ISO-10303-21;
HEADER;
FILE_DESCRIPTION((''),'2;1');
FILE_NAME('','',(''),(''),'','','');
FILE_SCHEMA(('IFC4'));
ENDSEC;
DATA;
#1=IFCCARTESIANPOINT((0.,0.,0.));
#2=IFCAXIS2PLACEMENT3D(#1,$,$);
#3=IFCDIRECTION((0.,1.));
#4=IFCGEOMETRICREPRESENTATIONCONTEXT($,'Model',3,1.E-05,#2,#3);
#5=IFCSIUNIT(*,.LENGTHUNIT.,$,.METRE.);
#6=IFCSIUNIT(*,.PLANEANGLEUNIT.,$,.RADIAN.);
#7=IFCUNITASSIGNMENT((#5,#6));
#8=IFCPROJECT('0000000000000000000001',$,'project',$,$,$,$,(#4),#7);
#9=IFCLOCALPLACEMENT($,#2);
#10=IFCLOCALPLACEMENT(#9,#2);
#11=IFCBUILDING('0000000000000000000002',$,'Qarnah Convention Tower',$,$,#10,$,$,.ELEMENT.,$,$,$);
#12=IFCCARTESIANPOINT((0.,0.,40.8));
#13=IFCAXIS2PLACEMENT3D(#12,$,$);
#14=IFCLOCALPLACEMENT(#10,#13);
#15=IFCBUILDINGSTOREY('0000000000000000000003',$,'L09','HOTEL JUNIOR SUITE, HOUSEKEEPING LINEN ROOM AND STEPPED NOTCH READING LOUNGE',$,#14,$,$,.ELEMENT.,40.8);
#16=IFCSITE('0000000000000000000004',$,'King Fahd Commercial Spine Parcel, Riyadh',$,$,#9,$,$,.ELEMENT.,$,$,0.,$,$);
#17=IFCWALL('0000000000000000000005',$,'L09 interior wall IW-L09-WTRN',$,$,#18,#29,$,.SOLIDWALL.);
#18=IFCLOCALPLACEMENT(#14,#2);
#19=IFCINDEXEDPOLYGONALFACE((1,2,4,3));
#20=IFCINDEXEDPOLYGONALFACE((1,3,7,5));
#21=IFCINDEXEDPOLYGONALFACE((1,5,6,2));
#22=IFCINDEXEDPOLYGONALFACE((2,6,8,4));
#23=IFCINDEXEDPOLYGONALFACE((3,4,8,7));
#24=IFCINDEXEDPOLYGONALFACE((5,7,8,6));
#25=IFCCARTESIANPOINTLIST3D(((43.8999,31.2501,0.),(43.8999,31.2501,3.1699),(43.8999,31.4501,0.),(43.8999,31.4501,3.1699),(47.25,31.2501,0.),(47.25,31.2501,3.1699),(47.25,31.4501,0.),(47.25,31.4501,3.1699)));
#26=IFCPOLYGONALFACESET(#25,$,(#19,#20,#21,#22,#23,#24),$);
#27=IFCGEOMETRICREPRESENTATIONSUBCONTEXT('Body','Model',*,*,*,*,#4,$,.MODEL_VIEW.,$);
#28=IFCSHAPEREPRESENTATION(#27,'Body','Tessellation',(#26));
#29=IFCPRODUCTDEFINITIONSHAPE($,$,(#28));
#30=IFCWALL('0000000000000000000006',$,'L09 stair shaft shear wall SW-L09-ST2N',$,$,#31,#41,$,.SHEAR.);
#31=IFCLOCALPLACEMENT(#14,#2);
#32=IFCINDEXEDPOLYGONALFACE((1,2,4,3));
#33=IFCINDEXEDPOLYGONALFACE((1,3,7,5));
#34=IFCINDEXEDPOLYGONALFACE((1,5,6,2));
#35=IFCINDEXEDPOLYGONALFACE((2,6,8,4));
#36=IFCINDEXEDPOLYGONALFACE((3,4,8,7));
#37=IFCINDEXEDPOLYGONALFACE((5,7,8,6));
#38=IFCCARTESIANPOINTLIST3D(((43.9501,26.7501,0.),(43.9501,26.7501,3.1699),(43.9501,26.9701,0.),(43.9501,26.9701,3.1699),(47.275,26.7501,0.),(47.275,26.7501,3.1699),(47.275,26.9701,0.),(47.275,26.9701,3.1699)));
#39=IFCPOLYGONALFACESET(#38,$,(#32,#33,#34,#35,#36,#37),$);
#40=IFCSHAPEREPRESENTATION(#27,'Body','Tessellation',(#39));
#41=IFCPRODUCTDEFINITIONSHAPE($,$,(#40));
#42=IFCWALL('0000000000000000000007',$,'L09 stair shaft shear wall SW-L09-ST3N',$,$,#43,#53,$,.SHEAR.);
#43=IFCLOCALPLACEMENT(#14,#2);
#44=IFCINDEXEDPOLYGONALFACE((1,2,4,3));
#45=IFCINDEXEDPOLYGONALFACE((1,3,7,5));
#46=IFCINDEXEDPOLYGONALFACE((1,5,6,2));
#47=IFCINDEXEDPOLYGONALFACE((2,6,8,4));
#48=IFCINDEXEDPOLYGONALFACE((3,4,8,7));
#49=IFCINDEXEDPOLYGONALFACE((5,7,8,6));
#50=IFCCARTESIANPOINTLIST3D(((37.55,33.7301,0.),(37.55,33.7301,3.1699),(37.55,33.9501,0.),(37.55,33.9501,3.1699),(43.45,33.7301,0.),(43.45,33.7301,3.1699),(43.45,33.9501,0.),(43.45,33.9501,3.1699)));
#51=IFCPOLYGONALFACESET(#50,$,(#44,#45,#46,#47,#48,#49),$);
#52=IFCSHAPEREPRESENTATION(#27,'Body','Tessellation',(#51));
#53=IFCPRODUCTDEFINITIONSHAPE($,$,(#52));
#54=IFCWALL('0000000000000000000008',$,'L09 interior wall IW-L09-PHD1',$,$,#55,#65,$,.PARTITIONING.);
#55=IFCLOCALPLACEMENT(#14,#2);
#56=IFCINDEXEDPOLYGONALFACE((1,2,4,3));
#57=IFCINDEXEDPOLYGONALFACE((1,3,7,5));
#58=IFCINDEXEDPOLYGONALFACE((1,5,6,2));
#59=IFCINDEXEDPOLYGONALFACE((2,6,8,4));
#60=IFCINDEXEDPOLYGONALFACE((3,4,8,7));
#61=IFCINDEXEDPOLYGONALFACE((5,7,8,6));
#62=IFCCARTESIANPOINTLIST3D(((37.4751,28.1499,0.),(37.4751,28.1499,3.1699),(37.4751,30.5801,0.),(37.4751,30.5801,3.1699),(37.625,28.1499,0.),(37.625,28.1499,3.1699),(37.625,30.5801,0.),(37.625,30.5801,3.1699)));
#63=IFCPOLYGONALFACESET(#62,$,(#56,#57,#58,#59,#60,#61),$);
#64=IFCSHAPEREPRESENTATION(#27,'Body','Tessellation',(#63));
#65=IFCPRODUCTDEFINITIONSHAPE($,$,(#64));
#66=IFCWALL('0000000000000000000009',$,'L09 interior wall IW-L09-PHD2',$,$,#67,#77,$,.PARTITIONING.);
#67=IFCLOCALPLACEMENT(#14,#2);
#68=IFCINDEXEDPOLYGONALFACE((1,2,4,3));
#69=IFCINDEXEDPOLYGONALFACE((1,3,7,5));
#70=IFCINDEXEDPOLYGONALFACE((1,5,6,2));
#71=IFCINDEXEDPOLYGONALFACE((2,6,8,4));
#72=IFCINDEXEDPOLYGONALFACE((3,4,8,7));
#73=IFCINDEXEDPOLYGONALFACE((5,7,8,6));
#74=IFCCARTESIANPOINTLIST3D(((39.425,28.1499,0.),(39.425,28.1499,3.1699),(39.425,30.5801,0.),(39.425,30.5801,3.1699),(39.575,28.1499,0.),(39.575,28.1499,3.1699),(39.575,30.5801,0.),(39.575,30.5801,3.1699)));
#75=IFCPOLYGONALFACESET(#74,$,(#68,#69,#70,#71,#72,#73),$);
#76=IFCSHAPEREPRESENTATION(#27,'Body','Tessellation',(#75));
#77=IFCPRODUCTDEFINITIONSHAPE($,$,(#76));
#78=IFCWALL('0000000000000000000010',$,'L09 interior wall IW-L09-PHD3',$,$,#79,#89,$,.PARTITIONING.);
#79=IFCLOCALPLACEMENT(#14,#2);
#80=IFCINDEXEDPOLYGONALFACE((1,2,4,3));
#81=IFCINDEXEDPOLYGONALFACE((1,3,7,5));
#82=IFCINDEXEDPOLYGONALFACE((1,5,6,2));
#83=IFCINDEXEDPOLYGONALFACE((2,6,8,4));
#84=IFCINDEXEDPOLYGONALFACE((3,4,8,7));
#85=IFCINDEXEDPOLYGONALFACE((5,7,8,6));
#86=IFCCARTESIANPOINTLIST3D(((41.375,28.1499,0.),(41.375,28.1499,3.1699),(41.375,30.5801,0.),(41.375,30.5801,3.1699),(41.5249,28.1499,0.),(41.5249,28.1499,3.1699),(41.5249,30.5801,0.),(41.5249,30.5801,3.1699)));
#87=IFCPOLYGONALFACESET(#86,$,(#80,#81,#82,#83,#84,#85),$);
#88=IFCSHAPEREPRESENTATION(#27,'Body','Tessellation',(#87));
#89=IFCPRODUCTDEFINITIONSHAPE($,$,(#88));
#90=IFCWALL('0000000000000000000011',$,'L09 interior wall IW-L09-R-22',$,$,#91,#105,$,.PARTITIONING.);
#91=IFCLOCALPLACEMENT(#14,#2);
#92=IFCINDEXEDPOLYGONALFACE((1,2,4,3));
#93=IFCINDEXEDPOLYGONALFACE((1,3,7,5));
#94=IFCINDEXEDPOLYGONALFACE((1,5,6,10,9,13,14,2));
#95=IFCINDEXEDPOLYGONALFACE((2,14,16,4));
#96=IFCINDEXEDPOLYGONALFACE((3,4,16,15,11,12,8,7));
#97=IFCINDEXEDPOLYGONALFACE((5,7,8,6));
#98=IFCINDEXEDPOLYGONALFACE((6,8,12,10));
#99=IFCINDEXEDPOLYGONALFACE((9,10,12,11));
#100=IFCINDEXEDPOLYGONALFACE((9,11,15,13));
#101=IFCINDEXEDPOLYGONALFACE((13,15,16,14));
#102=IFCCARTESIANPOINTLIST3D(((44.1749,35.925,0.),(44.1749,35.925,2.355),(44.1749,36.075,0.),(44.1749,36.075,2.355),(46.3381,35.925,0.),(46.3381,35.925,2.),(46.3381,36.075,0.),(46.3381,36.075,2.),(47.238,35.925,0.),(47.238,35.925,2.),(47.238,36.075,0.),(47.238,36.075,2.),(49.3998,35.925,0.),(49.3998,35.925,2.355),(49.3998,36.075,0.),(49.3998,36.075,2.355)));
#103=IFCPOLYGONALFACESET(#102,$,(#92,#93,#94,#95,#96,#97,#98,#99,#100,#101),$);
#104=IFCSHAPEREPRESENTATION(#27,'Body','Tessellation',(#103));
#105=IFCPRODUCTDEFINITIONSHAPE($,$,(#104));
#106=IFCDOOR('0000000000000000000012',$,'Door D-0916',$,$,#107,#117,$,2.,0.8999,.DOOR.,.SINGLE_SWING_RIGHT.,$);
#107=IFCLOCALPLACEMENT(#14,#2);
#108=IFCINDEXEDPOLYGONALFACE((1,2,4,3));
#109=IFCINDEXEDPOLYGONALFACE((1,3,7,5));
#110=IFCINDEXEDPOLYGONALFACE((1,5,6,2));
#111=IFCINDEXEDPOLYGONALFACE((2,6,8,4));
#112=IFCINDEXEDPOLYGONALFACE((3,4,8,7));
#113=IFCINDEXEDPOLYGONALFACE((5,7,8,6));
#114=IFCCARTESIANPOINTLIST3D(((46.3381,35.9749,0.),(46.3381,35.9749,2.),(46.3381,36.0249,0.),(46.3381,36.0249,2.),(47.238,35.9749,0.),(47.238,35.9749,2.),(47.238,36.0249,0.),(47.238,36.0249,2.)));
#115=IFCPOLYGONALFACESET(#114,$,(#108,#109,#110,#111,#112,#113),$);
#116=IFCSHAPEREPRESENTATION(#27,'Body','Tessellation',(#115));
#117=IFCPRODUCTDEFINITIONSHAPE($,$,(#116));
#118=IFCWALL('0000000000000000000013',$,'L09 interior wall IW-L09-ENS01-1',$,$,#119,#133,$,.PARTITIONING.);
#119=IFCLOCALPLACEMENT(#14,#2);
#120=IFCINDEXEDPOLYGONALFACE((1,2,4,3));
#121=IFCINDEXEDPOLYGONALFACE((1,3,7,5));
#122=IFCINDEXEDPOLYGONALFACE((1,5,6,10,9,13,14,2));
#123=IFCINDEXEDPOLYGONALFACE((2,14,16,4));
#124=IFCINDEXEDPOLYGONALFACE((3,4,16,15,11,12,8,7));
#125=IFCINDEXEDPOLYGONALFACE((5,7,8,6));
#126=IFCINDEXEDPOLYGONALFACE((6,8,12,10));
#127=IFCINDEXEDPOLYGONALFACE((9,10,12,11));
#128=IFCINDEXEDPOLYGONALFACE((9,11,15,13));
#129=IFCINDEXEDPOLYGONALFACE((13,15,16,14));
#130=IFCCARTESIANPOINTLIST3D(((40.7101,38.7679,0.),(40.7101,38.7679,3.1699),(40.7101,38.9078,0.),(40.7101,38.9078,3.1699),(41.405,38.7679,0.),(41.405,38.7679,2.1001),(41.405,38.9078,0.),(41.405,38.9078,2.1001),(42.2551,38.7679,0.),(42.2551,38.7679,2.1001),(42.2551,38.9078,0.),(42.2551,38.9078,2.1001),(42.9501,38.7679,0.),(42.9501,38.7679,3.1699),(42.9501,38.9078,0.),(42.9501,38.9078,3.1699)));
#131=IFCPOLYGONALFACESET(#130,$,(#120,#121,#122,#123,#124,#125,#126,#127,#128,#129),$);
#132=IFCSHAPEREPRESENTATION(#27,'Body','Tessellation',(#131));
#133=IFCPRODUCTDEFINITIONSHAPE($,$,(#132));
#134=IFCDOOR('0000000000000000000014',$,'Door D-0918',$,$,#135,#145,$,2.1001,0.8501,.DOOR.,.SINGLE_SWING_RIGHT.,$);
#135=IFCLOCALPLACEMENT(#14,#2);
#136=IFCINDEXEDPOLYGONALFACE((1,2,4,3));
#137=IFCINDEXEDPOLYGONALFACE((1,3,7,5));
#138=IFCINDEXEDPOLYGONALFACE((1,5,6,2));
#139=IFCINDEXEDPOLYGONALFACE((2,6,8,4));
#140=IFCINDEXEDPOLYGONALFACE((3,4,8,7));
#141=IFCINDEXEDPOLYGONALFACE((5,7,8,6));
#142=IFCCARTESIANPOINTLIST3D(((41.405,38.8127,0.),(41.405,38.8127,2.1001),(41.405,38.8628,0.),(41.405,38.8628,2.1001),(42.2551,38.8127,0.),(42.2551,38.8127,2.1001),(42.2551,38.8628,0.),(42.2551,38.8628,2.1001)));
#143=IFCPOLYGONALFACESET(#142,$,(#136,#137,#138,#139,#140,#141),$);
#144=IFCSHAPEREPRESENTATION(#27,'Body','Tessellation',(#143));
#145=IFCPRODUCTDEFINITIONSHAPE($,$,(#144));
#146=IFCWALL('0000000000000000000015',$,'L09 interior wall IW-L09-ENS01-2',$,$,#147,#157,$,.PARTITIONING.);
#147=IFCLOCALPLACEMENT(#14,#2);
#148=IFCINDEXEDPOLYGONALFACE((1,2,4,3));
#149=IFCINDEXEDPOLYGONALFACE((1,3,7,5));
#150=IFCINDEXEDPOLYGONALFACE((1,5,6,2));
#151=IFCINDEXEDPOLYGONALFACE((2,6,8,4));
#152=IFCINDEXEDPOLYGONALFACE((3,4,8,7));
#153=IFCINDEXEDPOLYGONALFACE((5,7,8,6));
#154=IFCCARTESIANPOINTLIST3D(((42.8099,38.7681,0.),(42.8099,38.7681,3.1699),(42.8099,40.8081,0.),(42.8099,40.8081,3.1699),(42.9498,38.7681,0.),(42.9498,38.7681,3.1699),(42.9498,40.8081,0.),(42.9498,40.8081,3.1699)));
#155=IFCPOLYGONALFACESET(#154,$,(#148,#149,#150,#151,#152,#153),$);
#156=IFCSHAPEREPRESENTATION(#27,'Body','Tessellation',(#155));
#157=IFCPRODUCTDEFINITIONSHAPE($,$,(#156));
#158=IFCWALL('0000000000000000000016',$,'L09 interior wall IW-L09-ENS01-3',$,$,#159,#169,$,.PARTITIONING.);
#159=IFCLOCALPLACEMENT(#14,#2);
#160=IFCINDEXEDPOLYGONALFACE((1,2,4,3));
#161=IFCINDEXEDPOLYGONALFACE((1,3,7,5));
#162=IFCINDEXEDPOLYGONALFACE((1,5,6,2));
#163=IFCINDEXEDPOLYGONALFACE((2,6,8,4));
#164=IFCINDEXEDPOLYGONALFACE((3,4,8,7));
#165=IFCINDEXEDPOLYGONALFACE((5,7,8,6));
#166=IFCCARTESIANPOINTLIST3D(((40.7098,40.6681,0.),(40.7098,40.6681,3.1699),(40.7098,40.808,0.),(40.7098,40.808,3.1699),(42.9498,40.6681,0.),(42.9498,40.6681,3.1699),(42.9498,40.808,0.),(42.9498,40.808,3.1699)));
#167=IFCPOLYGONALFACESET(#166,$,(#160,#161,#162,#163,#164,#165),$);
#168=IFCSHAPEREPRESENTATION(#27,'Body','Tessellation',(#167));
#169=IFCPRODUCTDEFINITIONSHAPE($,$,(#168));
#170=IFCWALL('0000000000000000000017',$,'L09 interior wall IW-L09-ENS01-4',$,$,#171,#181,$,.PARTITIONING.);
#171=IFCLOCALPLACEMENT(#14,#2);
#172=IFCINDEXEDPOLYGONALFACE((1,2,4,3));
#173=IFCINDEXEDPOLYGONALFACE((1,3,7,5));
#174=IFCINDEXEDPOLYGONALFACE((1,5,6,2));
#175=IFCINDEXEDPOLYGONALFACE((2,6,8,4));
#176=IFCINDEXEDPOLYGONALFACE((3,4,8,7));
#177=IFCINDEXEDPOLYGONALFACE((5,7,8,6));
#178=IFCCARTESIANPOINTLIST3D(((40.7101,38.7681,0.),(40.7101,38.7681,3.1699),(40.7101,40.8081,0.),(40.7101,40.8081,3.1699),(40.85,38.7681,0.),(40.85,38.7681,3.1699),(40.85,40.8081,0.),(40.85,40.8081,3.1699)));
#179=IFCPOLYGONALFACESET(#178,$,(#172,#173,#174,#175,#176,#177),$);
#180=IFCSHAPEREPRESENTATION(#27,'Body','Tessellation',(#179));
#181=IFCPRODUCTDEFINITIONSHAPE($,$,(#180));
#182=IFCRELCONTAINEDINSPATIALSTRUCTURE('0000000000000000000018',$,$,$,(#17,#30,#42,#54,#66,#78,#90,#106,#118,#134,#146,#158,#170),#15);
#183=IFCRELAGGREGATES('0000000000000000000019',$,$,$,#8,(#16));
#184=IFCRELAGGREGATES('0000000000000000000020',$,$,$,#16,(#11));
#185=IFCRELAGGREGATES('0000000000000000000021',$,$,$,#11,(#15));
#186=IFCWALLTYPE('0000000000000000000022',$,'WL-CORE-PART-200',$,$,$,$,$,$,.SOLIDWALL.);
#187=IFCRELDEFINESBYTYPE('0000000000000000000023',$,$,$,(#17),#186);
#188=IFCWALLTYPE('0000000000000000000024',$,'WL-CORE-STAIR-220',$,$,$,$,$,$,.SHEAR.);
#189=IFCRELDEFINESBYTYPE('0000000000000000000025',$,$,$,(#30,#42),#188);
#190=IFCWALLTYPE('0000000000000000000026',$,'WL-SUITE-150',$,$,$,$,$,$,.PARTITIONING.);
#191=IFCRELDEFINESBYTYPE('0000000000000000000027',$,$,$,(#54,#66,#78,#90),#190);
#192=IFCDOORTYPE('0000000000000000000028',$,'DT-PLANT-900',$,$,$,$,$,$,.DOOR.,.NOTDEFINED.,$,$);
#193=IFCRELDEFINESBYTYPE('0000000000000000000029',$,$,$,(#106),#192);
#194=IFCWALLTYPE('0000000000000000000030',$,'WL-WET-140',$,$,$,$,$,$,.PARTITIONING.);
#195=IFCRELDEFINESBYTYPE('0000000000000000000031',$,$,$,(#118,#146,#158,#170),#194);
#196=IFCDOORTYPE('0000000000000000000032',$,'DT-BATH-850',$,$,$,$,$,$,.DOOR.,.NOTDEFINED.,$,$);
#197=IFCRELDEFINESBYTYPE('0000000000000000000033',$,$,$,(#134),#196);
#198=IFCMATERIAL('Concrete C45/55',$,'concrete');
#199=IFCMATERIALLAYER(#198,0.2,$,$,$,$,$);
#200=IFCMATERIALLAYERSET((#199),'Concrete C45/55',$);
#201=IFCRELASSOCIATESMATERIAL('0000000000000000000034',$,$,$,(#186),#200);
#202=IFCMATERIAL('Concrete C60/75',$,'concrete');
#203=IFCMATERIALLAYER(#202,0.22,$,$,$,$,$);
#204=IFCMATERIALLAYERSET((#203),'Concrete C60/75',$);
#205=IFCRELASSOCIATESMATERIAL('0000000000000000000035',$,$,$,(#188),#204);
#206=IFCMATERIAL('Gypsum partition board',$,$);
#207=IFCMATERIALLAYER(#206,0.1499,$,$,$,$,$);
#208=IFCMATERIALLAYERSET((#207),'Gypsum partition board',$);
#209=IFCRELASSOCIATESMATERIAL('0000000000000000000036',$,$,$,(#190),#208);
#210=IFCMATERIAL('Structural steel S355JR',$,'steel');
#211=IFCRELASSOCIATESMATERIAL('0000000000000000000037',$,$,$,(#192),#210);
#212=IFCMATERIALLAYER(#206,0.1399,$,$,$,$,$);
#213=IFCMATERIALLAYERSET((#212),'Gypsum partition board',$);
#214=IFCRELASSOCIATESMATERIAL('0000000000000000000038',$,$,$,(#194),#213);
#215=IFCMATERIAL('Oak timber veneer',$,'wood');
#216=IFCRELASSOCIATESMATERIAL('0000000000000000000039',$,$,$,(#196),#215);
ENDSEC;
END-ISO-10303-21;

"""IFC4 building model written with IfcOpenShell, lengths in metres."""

from ifc_helpers import new_model, si_unit, direction, frame, frame_2d, origin, place, context, subcontext, project, spatial, rectangle, extrude, material, layer, layer_set, type_object, element, fill, save


model = new_model("IFC4")

# Units and contexts
model_context = context("Model", 3, precision=1e-05, world=origin(), true_north=direction((0.0, 1.0)))
body_context = subcontext(model_context, "Body", "Model", "MODEL_VIEW")
ifc_project = project(units=[si_unit("LENGTHUNIT", "METRE"), si_unit("PLANEANGLEUNIT", "RADIAN")], contexts=[model_context])

# Site, building, storey
site_placement = place(None, origin())
site = spatial("IfcSite", under=ifc_project, at=site_placement, Name="King Fahd Commercial Spine Parcel, Riyadh", CompositionType="ELEMENT", RefElevation=0.0)
building_placement = place(site_placement, origin())
building = spatial("IfcBuilding", under=site, at=building_placement, Name="Qarnah Convention Tower", CompositionType="ELEMENT")
storey_placement = place(building_placement, frame((0.0, 0.0, 40.8)))
storey = spatial("IfcBuildingStorey", under=building, at=storey_placement, Name="L09", Description="HOTEL JUNIOR SUITE, HOUSEKEEPING LINEN ROOM AND STEPPED NOTCH READING LOUNGE", CompositionType="ELEMENT", Elevation=40.8)

# Shared definitions
ifc_material_1 = material(Name="Structural steel S355JR", Category="steel")

# Shared definitions
ifc_material_2 = material(Name="Concrete C45/55", Category="concrete")
ifc_layer_1 = layer(ifc_material_2, 0.2)
ifc_layer_set_1 = layer_set([ifc_layer_1], Name="Concrete C45/55")
wall_type_1 = type_object("IfcWallType", Name="WL-CORE-PART-200", PredefinedType="SOLIDWALL", material=ifc_layer_set_1)

# Walls
wall_1_placement = place(storey_placement, frame((43.8999, 31.3501, 0.0), z_axis=(0.0, 0.0, 1.0), x_axis=(1.0, 0.0, 0.0)))
element("IfcWall", 1, at=wall_1_placement, inside=storey, type_object=wall_type_1, Name="L09 interior wall IW-L09-WTRN", PredefinedType="SOLIDWALL", context=body_context, shape_type="SweptSolid", body=[
    extrude(rectangle(XDim=3.3501, YDim=0.2, at=frame_2d((1.675, 0.0))), origin(), (0.0, 0.0, 1.0), 3.1699),
])
ifc_material_3 = material(Name="Concrete C60/75", Category="concrete")
ifc_layer_2 = layer(ifc_material_3, 0.22)
ifc_layer_set_2 = layer_set([ifc_layer_2], Name="Concrete C60/75")
wall_type_2 = type_object("IfcWallType", Name="WL-CORE-STAIR-220", PredefinedType="SHEAR", material=ifc_layer_set_2)
wall_2_placement = place(storey_placement, frame((43.95, 26.8601, 0.0), z_axis=(0.0, 0.0, 1.0), x_axis=(1.0, 0.0, 0.0)))
element("IfcWall", 2, at=wall_2_placement, inside=storey, type_object=wall_type_2, Name="L09 stair shaft shear wall SW-L09-ST2N", PredefinedType="SHEAR", context=body_context, shape_type="SweptSolid", body=[
    extrude(rectangle(XDim=3.325, YDim=0.22, at=frame_2d((1.6626, 0.0))), origin(), (0.0, 0.0, 1.0), 3.1699),
])
wall_3_placement = place(storey_placement, frame((37.55, 33.8401, 0.0), z_axis=(0.0, 0.0, 1.0), x_axis=(1.0, 0.0, 0.0)))
element("IfcWall", 3, at=wall_3_placement, inside=storey, type_object=wall_type_2, Name="L09 stair shaft shear wall SW-L09-ST3N", PredefinedType="SHEAR", context=body_context, shape_type="SweptSolid", body=[
    extrude(rectangle(XDim=5.8999, YDim=0.22, at=frame_2d((2.95, 0.0))), origin(), (0.0, 0.0, 1.0), 3.1699),
])
ifc_material_4 = material(Name="Gypsum partition board")
ifc_layer_3 = layer(ifc_material_4, 0.1499)
ifc_layer_set_3 = layer_set([ifc_layer_3], Name="Gypsum partition board")
wall_type_3 = type_object("IfcWallType", Name="WL-SUITE-150", PredefinedType="PARTITIONING", material=ifc_layer_set_3)
for number, where, z_axis, x_axis, name in (
    (4, (37.55, 28.1499, 0.0), (0.0, 0.0, 1.0), (0.0, 1.0, 0.0), "L09 interior wall IW-L09-PHD1"),
    (5, (39.5, 28.1499, 0.0), (0.0, 0.0, 1.0), (0.0, 1.0, 0.0), "L09 interior wall IW-L09-PHD2"),
    (6, (41.45, 28.1499, 0.0), (0.0, 0.0, 1.0), (0.0, 1.0, 0.0), "L09 interior wall IW-L09-PHD3"),
):
    element("IfcWall", number, at=place(storey_placement, frame(where, z_axis=z_axis, x_axis=x_axis)), inside=storey, type_object=wall_type_3, Name=name, PredefinedType="PARTITIONING", context=body_context, shape_type="SweptSolid", body=[
        extrude(rectangle(XDim=2.4302, YDim=0.1499, at=frame_2d((1.2151, 0.0))), origin(), (0.0, 0.0, 1.0), 3.1699),
    ])

# Walls, openings, doors
wall_4_placement = place(storey_placement, frame((44.175, 36.0, 0.0), z_axis=(0.0, 0.0, 1.0), x_axis=(1.0, 0.0, 0.0)))
wall_4 = element("IfcWall", 7, at=wall_4_placement, inside=storey, type_object=wall_type_3, Name="L09 interior wall IW-L09-R-22", PredefinedType="PARTITIONING", context=body_context, shape_type="SweptSolid", body=[
    extrude(rectangle(XDim=5.2249, YDim=0.1499, at=frame_2d((2.6123, 0.0))), origin(), (0.0, 0.0, 1.0), 2.355),
])
opening_1_placement = place(wall_4_placement, frame((2.1631, 0.0, 0.0)))
opening_1 = element("IfcOpeningElement", 8, at=opening_1_placement, cuts=wall_4, PredefinedType="OPENING", context=body_context, shape_type="SweptSolid", body=[
    extrude(rectangle(XDim=0.8999, YDim=2.0, at=frame_2d((0.45, 1.0))), frame((0.0, 0.085, 0.0), z_axis=(0.0, -1.0, 0.0), x_axis=(1.0, 0.0, 0.0)), (0.0, 0.0, 1.0), 0.1699),
])
door_type_1 = type_object("IfcDoorType", Name="DT-PLANT-900", OperationType="NOTDEFINED", PredefinedType="DOOR", material=ifc_material_1)
door_1_placement = place(opening_1_placement, origin())
door_1 = element("IfcDoor", 9, at=door_1_placement, inside=storey, type_object=door_type_1, Name="Door D-0916", OperationType="SINGLE_SWING_RIGHT", OverallHeight=2.0, OverallWidth=0.8999, PredefinedType="DOOR", context=body_context, shape_type="SweptSolid", body=[
    extrude(rectangle(XDim=0.8999, YDim=2.0, at=frame_2d((0.45, 1.0))), frame((0.0, 0.0249, 0.0), z_axis=(0.0, -1.0, 0.0), x_axis=(1.0, 0.0, 0.0)), (0.0, 0.0, 1.0), 0.05),
])
fill(opening_1, door_1)
ifc_layer_4 = layer(ifc_material_4, 0.1399)
ifc_layer_set_4 = layer_set([ifc_layer_4], Name="Gypsum partition board")
wall_type_4 = type_object("IfcWallType", Name="WL-WET-140", PredefinedType="PARTITIONING", material=ifc_layer_set_4)
wall_5_placement = place(storey_placement, frame((40.71, 38.8379, 0.0), z_axis=(0.0, 0.0, 1.0), x_axis=(1.0, 0.0, 0.0)))
wall_5 = element("IfcWall", 10, at=wall_5_placement, inside=storey, type_object=wall_type_4, Name="L09 interior wall IW-L09-ENS01-1", PredefinedType="PARTITIONING", context=body_context, shape_type="SweptSolid", body=[
    extrude(rectangle(XDim=2.24, YDim=0.1399, at=frame_2d((1.1201, 0.0))), origin(), (0.0, 0.0, 1.0), 3.1699),
])
opening_2_placement = place(wall_5_placement, frame((0.6951, 0.0, 0.0)))
opening_2 = element("IfcOpeningElement", 11, at=opening_2_placement, cuts=wall_5, PredefinedType="OPENING", context=body_context, shape_type="SweptSolid", body=[
    extrude(rectangle(XDim=0.8501, YDim=2.1001, at=frame_2d((0.425, 1.05))), frame((0.0, 0.0798, 0.0), z_axis=(0.0, -1.0, 0.0), x_axis=(1.0, 0.0, 0.0)), (0.0, 0.0, 1.0), 0.1599),
])
ifc_material_5 = material(Name="Oak timber veneer", Category="wood")
door_type_2 = type_object("IfcDoorType", Name="DT-BATH-850", OperationType="NOTDEFINED", PredefinedType="DOOR", material=ifc_material_5)
door_2_placement = place(opening_2_placement, origin())
door_2 = element("IfcDoor", 12, at=door_2_placement, inside=storey, type_object=door_type_2, Name="Door D-0918", OperationType="SINGLE_SWING_RIGHT", OverallHeight=2.1001, OverallWidth=0.8501, PredefinedType="DOOR", context=body_context, shape_type="SweptSolid", body=[
    extrude(rectangle(XDim=0.8501, YDim=2.1001, at=frame_2d((0.425, 1.05))), frame((0.0, 0.0249, 0.0), z_axis=(0.0, -1.0, 0.0), x_axis=(1.0, 0.0, 0.0)), (0.0, 0.0, 1.0), 0.05),
])
fill(opening_2, door_2)

# Walls
wall_6_placement = place(storey_placement, frame((42.8799, 38.7681, 0.0), z_axis=(0.0, 0.0, 1.0), x_axis=(0.0, 1.0, 0.0)))
element("IfcWall", 13, at=wall_6_placement, inside=storey, type_object=wall_type_4, Name="L09 interior wall IW-L09-ENS01-2", PredefinedType="PARTITIONING", context=body_context, shape_type="SweptSolid", body=[
    extrude(rectangle(XDim=2.04, YDim=0.1399, at=frame_2d((1.02, 0.0))), origin(), (0.0, 0.0, 1.0), 3.1699),
])
wall_7_placement = place(storey_placement, frame((42.95, 40.738, 0.0), z_axis=(0.0, 0.0, 1.0), x_axis=(-1.0, 0.0, 0.0)))
element("IfcWall", 14, at=wall_7_placement, inside=storey, type_object=wall_type_4, Name="L09 interior wall IW-L09-ENS01-3", PredefinedType="PARTITIONING", context=body_context, shape_type="SweptSolid", body=[
    extrude(rectangle(XDim=2.24, YDim=0.1399, at=frame_2d((1.1201, 0.0))), origin(), (0.0, 0.0, 1.0), 3.1699),
])
wall_8_placement = place(storey_placement, frame((40.78, 40.8081, 0.0), z_axis=(0.0, 0.0, 1.0), x_axis=(0.0, -1.0, 0.0)))
element("IfcWall", 15, at=wall_8_placement, inside=storey, type_object=wall_type_4, Name="L09 interior wall IW-L09-ENS01-4", PredefinedType="PARTITIONING", context=body_context, shape_type="SweptSolid", body=[
    extrude(rectangle(XDim=2.04, YDim=0.1399, at=frame_2d((1.02, 0.0))), origin(), (0.0, 0.0, 1.0), 3.1699),
])

save(model, "model.ifc")
